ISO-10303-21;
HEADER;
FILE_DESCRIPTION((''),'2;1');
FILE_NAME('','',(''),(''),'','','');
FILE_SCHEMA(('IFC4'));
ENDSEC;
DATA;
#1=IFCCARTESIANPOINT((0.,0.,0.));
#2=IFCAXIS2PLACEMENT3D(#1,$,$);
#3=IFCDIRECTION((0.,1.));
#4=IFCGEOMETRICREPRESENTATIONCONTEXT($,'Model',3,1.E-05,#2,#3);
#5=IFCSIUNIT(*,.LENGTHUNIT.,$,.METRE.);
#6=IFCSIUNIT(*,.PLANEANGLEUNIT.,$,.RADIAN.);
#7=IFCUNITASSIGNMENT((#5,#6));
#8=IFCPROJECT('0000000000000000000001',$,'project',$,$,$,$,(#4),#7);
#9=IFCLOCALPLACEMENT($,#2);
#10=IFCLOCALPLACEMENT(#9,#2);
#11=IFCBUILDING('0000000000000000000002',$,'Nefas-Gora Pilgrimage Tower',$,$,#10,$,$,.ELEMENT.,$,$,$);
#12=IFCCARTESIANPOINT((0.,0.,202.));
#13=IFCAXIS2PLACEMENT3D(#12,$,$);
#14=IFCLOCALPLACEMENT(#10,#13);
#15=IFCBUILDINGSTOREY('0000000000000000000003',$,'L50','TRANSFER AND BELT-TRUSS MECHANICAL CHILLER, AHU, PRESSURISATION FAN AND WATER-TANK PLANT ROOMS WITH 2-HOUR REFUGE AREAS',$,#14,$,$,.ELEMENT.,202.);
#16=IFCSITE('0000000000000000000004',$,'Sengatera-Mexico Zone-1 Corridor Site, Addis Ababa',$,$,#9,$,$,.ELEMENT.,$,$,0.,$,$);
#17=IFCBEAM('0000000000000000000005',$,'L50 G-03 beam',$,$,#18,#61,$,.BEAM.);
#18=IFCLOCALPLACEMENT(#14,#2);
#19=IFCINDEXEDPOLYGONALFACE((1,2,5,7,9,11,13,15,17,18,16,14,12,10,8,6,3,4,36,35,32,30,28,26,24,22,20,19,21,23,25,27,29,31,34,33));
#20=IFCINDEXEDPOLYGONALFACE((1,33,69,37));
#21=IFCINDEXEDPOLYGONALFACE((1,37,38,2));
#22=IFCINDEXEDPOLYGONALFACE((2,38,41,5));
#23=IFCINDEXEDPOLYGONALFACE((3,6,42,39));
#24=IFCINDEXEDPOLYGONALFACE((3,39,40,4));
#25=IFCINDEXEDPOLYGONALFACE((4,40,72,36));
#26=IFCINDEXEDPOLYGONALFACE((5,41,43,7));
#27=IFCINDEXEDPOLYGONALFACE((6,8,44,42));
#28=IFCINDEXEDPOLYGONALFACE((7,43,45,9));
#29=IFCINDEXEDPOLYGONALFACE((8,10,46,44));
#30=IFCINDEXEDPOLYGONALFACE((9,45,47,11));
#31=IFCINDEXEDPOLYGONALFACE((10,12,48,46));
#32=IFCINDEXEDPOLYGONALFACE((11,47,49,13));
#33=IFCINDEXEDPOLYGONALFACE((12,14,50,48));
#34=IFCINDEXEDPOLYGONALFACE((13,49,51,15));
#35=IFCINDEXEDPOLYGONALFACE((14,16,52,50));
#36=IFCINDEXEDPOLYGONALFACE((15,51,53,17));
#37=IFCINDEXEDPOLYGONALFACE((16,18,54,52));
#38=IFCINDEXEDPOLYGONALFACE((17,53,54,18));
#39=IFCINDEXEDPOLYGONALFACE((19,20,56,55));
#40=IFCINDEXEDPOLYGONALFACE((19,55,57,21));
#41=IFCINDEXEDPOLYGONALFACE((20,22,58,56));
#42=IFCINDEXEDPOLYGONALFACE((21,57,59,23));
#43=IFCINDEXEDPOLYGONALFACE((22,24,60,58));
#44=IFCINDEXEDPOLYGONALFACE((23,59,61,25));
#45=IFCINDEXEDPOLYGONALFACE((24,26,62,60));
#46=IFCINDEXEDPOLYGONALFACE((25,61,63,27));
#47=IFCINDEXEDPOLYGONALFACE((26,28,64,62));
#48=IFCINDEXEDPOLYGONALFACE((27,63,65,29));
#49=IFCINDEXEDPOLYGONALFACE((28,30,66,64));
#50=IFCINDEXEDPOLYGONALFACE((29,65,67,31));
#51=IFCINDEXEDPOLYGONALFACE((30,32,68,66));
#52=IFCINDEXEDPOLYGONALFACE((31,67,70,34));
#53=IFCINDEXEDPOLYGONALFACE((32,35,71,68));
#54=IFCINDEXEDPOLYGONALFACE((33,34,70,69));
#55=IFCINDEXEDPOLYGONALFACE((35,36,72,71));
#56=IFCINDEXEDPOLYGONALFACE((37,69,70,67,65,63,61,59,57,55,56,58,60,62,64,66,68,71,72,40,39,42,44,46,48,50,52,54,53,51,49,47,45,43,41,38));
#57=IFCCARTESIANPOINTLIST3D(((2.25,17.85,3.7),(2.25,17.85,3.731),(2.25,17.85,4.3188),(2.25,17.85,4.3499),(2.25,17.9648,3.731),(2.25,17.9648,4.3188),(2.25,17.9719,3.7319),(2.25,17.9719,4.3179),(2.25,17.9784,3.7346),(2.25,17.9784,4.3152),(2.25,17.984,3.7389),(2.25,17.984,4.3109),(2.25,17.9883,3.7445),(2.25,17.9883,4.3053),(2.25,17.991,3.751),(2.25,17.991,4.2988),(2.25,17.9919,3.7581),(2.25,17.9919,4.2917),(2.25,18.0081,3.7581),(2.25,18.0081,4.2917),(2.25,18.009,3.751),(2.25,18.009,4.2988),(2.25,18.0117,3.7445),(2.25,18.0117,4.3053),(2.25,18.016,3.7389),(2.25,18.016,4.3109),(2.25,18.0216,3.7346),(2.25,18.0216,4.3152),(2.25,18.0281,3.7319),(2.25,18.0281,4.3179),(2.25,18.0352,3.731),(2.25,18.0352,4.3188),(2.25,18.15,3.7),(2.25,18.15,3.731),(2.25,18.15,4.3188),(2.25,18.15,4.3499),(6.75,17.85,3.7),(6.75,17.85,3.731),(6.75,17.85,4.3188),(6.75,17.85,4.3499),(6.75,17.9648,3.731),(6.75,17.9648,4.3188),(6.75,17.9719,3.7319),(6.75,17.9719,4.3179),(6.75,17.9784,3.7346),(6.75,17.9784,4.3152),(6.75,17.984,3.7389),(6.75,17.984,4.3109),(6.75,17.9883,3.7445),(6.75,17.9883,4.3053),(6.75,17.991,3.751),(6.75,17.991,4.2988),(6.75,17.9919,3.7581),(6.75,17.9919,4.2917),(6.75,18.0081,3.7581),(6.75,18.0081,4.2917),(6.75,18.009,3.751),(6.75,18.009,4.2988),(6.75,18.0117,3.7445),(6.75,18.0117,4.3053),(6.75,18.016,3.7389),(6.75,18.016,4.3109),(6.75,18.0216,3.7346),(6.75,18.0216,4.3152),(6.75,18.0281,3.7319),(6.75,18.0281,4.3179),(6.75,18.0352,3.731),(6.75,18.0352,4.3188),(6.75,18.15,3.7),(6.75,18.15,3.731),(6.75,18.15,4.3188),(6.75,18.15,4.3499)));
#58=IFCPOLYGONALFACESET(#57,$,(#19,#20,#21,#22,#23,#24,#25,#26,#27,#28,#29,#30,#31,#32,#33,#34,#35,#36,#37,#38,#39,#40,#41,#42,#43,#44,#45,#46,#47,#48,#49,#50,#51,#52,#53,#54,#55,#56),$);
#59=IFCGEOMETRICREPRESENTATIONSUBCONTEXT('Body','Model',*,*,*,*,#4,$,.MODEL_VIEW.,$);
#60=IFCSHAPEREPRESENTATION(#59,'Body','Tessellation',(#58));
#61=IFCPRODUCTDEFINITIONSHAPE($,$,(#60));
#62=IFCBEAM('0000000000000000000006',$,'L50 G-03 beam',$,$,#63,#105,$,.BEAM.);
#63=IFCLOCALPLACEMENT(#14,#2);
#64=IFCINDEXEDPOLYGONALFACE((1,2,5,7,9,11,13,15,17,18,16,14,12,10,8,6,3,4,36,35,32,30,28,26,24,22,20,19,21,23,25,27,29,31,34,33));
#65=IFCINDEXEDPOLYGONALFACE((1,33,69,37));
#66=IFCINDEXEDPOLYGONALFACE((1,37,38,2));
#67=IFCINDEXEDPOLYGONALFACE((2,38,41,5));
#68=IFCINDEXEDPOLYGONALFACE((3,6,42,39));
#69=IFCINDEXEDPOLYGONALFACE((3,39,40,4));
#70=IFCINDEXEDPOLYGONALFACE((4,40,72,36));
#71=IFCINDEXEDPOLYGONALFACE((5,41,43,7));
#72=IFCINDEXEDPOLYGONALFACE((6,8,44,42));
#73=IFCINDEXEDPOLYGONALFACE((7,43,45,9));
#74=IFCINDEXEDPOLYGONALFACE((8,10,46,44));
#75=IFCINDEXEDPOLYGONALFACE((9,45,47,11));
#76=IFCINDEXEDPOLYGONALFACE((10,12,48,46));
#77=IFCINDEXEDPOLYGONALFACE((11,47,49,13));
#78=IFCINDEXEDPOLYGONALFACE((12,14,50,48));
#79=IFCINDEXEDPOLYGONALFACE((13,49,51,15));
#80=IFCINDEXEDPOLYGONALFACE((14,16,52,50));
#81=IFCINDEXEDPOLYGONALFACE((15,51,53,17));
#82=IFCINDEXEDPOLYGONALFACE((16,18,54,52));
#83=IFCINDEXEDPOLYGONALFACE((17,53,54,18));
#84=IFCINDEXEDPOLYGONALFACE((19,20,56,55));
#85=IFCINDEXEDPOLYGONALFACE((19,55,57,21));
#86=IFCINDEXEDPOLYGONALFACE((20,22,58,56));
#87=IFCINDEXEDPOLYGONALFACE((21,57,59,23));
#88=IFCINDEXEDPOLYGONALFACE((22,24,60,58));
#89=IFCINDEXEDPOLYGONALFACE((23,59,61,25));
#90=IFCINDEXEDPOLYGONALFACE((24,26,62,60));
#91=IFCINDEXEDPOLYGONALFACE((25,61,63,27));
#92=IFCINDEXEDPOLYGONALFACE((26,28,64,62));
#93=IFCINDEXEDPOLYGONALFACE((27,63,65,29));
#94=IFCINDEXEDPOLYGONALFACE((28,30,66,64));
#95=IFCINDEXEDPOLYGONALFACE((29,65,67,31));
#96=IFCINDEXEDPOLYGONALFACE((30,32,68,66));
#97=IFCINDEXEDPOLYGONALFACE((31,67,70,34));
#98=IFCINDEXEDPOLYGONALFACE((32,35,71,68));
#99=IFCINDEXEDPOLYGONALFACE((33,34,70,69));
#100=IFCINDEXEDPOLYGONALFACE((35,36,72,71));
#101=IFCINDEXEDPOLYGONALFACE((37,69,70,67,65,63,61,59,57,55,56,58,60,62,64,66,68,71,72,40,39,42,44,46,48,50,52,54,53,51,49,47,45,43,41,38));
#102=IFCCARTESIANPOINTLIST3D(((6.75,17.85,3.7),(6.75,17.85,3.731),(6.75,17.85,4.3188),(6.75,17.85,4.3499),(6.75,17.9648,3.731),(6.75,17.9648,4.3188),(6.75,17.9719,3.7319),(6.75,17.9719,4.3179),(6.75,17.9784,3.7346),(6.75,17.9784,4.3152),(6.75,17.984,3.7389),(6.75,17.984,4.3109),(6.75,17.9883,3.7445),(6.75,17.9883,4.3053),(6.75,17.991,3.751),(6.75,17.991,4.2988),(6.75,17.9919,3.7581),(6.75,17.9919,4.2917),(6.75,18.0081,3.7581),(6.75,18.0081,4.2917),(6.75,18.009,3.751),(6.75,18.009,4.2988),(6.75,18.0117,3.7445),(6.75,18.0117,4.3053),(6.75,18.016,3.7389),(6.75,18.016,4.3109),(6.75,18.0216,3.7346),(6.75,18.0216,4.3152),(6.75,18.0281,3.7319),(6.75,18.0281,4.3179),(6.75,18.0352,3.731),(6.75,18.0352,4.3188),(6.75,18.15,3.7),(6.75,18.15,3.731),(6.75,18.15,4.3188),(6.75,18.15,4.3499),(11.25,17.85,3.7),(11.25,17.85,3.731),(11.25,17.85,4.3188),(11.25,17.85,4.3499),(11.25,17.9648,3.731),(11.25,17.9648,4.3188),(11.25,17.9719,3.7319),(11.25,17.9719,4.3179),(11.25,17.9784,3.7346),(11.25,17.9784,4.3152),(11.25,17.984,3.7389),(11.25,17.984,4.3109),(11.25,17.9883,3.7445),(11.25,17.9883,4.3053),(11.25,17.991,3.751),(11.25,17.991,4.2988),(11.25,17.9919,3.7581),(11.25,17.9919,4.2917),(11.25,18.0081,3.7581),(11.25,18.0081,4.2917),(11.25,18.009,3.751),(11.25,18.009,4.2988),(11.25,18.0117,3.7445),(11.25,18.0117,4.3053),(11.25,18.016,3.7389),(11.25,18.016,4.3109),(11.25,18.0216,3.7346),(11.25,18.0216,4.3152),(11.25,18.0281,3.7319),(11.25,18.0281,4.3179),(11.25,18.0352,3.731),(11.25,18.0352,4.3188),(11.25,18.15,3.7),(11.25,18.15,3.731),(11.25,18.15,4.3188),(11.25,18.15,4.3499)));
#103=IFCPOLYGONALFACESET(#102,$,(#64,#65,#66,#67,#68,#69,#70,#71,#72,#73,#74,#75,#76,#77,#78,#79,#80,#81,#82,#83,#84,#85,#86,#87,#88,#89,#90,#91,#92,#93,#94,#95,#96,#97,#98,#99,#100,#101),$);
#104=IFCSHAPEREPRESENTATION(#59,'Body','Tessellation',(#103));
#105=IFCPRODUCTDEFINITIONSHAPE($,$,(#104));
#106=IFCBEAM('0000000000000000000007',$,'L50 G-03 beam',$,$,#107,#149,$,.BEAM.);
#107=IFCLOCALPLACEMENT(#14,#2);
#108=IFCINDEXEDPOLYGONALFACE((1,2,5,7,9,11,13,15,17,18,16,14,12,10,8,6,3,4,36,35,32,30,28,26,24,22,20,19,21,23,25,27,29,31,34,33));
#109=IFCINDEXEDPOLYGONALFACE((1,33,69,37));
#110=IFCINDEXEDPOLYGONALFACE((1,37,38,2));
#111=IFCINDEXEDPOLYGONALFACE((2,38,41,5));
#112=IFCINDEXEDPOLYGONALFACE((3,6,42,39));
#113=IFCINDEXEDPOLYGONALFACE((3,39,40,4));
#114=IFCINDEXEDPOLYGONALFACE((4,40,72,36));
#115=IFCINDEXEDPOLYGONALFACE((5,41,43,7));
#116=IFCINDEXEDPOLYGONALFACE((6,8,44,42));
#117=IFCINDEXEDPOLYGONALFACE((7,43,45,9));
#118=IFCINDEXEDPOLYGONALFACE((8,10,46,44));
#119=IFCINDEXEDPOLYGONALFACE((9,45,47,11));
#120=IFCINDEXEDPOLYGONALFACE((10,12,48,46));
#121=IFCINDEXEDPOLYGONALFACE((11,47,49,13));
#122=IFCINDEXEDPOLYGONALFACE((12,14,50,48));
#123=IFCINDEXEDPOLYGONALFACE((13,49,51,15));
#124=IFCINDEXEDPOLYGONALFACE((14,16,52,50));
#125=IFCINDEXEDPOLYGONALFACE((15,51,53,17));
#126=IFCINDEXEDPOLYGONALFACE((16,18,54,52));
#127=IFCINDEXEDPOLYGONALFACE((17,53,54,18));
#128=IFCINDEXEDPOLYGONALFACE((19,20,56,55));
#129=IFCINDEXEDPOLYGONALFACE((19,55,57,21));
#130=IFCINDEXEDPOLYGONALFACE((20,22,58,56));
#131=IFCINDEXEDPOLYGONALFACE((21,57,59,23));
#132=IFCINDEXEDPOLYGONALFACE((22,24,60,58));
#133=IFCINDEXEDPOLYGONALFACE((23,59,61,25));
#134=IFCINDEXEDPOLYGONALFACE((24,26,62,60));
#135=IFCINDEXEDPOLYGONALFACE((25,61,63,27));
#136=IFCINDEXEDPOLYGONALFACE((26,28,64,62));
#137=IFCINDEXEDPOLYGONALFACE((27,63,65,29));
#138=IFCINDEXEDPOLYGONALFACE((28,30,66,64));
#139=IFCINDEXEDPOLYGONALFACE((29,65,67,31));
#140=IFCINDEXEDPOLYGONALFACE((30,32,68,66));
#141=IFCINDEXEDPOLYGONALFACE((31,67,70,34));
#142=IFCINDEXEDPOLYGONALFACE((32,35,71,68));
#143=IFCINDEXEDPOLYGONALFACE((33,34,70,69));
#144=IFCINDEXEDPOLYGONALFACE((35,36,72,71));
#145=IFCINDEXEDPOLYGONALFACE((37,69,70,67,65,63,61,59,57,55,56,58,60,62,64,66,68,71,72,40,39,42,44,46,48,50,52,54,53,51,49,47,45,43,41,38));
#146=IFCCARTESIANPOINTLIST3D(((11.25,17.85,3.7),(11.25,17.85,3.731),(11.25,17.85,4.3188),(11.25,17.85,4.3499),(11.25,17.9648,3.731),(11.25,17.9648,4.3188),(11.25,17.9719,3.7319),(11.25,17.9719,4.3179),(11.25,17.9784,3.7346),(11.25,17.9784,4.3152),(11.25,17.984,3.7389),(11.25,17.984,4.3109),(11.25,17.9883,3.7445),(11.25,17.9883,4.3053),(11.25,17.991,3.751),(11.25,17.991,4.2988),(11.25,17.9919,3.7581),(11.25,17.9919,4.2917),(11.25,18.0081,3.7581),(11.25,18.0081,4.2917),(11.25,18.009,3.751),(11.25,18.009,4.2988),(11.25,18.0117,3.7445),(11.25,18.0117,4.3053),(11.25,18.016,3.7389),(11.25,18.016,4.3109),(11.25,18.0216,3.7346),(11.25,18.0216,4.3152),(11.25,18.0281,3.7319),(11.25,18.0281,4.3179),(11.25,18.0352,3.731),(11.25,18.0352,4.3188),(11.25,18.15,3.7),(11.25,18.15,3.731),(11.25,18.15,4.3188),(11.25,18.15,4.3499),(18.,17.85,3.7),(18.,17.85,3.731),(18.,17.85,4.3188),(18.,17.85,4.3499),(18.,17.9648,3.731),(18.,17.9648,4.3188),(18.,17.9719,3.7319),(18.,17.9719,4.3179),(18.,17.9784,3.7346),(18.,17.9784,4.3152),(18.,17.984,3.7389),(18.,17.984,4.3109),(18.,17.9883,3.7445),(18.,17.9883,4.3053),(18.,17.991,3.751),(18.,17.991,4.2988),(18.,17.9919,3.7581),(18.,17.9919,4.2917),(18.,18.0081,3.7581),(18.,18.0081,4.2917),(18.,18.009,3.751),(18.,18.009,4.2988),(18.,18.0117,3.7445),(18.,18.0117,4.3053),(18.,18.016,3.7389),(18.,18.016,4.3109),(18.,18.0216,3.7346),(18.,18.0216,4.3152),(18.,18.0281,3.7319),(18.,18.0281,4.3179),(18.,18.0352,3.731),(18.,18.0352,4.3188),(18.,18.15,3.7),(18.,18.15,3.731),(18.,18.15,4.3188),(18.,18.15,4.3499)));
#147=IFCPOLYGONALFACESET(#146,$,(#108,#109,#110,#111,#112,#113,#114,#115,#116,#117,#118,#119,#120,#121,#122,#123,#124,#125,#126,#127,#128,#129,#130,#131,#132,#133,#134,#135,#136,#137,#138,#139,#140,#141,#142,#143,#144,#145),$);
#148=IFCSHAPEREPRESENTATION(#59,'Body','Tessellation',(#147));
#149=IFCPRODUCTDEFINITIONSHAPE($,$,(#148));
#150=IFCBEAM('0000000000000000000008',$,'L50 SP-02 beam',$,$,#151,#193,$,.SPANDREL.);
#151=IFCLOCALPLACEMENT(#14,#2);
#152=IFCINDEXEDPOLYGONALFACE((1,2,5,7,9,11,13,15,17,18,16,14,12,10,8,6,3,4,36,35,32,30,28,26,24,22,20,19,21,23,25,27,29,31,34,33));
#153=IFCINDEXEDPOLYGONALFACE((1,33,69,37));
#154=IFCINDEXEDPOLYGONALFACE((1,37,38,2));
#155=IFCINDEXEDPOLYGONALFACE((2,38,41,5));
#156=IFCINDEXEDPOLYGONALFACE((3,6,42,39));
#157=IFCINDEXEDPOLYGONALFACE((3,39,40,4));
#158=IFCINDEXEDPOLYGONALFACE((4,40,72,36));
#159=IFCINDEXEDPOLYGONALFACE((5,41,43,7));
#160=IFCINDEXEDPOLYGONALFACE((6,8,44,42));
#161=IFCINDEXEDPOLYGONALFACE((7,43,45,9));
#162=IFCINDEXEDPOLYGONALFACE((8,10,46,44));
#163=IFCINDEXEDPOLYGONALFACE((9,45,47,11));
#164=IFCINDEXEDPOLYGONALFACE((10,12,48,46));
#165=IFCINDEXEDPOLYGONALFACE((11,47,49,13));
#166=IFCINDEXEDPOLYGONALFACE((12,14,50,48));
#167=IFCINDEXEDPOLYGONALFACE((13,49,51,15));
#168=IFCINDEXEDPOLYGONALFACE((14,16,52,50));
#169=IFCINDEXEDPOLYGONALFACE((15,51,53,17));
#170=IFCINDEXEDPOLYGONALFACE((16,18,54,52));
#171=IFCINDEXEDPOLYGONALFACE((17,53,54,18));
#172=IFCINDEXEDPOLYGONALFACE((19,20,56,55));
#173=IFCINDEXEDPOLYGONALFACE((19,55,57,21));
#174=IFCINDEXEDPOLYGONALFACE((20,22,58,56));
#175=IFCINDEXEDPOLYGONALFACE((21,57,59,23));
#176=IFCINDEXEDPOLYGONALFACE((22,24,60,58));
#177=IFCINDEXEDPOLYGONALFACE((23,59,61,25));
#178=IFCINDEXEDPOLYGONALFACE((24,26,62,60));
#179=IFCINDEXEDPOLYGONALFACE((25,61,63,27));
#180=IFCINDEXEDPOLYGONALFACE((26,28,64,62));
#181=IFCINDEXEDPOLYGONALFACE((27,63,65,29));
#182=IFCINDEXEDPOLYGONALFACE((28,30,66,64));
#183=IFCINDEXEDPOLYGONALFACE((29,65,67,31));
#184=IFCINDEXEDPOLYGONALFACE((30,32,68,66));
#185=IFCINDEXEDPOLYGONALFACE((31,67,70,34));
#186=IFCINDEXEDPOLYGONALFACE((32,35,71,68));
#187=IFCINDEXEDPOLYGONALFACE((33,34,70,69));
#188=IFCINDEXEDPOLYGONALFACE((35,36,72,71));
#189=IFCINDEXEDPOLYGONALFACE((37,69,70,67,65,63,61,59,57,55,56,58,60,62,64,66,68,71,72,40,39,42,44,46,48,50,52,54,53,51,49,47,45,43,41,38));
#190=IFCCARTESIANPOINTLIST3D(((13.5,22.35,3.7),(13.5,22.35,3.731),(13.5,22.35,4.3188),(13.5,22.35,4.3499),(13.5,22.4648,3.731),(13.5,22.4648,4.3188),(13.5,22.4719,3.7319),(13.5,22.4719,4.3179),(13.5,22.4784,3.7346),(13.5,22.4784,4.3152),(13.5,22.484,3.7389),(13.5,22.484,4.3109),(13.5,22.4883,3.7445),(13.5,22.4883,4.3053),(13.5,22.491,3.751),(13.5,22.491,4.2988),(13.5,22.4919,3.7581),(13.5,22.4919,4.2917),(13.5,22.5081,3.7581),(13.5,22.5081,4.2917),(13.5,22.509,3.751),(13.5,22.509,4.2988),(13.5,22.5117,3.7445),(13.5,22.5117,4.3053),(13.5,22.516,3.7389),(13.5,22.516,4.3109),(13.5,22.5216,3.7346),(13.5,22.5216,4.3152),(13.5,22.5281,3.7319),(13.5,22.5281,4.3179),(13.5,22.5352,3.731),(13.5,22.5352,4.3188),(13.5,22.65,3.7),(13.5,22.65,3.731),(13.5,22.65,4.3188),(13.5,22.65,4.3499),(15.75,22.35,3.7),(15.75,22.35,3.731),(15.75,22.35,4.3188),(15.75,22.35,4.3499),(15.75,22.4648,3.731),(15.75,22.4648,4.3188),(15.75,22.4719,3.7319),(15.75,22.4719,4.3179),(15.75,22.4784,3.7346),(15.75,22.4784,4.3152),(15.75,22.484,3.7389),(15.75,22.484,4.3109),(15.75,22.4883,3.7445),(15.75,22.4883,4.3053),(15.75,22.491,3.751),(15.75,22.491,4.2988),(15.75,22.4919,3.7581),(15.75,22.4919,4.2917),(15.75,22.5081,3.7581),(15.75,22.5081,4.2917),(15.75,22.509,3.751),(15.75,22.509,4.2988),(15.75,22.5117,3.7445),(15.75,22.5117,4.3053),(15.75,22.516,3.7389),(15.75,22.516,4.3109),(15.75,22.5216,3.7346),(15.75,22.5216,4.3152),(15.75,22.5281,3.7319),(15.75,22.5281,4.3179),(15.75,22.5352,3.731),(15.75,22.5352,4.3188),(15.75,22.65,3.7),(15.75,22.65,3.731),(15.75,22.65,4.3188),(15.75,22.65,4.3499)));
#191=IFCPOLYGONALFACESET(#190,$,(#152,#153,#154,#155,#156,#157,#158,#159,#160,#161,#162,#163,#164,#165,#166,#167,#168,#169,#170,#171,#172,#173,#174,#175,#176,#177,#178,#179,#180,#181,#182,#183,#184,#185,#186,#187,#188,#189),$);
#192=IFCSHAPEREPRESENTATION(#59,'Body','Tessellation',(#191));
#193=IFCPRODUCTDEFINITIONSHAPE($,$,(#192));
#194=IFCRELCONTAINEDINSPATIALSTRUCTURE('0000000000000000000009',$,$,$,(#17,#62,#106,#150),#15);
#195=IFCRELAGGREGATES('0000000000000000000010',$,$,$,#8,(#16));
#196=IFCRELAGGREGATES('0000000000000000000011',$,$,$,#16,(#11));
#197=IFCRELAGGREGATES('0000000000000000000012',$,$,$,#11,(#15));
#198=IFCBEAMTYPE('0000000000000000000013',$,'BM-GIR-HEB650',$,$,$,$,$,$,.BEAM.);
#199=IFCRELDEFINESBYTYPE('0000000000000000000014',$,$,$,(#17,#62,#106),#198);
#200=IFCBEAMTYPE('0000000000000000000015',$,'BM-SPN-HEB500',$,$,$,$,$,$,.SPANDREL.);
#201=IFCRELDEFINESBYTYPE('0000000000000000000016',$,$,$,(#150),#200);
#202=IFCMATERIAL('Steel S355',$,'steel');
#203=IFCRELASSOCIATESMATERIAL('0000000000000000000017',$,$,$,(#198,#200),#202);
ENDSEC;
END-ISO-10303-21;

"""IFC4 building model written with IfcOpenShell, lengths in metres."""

from ifc_helpers import new_model, si_unit, direction, frame, origin, origin_2d, place, context, subcontext, project, spatial, i_section, extrude, source, transform, mapped, material, material_profile, profile_set, type_object, element, save


model = new_model("IFC4")

# Units and contexts
model_context = context("Model", 3, precision=1e-05, world=origin(), true_north=direction((0.0, 1.0)))
body_context = subcontext(model_context, "Body", "Model", "MODEL_VIEW")
ifc_project = project(units=[si_unit("LENGTHUNIT", "METRE"), si_unit("PLANEANGLEUNIT", "RADIAN")], contexts=[model_context])

# Site, building, storey
site_placement = place(None, origin())
site = spatial("IfcSite", under=ifc_project, at=site_placement, Name="Sengatera-Mexico Zone-1 Corridor Site, Addis Ababa", CompositionType="ELEMENT", RefElevation=0.0)
building_placement = place(site_placement, origin())
building = spatial("IfcBuilding", under=site, at=building_placement, Name="Nefas-Gora Pilgrimage Tower", CompositionType="ELEMENT")
storey_placement = place(building_placement, frame((0.0, 0.0, 202.0)))
storey = spatial("IfcBuildingStorey", under=building, at=storey_placement, Name="L50", Description="TRANSFER AND BELT-TRUSS MECHANICAL CHILLER, AHU, PRESSURISATION FAN AND WATER-TANK PLANT ROOMS WITH 2-HOUR REFUGE AREAS", CompositionType="ELEMENT", Elevation=202.0)

# Beams
ifc_material_1 = material(Name="Steel S355", Category="steel")
ifc_material_profile_1 = material_profile(ifc_material_1, i_section(OverallWidth=0.3, OverallDepth=0.6499, WebThickness=0.0161, FlangeThickness=0.031, FilletRadius=0.0271, at=origin_2d()), Name="HEB 650")
ifc_profile_set_1 = profile_set([ifc_material_profile_1], Name="Steel S355")
beam_type_1 = type_object("IfcBeamType", Name="BM-GIR-HEB650", PredefinedType="BEAM", material=ifc_profile_set_1)
shared_shape_1 = source(origin(), body_context, "Body", "SweptSolid", [
    extrude(i_section(OverallWidth=0.3, OverallDepth=0.6499, WebThickness=0.0161, FlangeThickness=0.031, FilletRadius=0.0271, at=origin_2d()), origin(), (0.0, 0.0, 1.0), 4.5),
])
for number, where, z_axis, x_axis, name in (
    (1, (2.25, 18.0, 4.0249), (1.0, 0.0, 0.0), (0.0, 1.0, 0.0), "L50 G-03 beam"),
    (2, (6.75, 18.0, 4.0249), (1.0, 0.0, 0.0), (0.0, 1.0, 0.0), "L50 G-03 beam"),
):
    element("IfcBeam", number, at=place(storey_placement, frame(where, z_axis=z_axis, x_axis=x_axis)), inside=storey, type_object=beam_type_1, Name=name, PredefinedType="BEAM", context=body_context, shape_type="MappedRepresentation", body=[
        mapped(shared_shape_1, transform((0.0, 0.0, 0.0), x_axis=(1.0, 0.0, 0.0), y_axis=(0.0, 1.0, 0.0), z_axis=(0.0, 0.0, 1.0), scale=1.0)),
    ])
shared_shape_2 = source(origin(), body_context, "Body", "SweptSolid", [
    extrude(i_section(OverallWidth=0.3, OverallDepth=0.6499, WebThickness=0.0161, FlangeThickness=0.031, FilletRadius=0.0271, at=origin_2d()), origin(), (0.0, 0.0, 1.0), 6.75),
])
beam_1_placement = place(storey_placement, frame((11.25, 18.0, 4.0249), z_axis=(1.0, 0.0, 0.0), x_axis=(0.0, 1.0, 0.0)))
element("IfcBeam", 3, at=beam_1_placement, inside=storey, type_object=beam_type_1, Name="L50 G-03 beam", PredefinedType="BEAM", context=body_context, shape_type="MappedRepresentation", body=[
    mapped(shared_shape_2, transform((0.0, 0.0, 0.0), x_axis=(1.0, 0.0, 0.0), y_axis=(0.0, 1.0, 0.0), z_axis=(0.0, 0.0, 1.0), scale=1.0)),
])
ifc_material_profile_2 = material_profile(ifc_material_1, i_section(OverallWidth=0.3, OverallDepth=0.6499, WebThickness=0.0161, FlangeThickness=0.031, FilletRadius=0.0271, at=origin_2d()), Name="HEB 650")
ifc_profile_set_2 = profile_set([ifc_material_profile_2], Name="Steel S355")
beam_type_2 = type_object("IfcBeamType", Name="BM-SPN-HEB500", PredefinedType="SPANDREL", material=ifc_profile_set_2)
shared_shape_3 = source(origin(), body_context, "Body", "SweptSolid", [
    extrude(i_section(OverallWidth=0.3, OverallDepth=0.6499, WebThickness=0.0161, FlangeThickness=0.031, FilletRadius=0.0271, at=origin_2d()), origin(), (0.0, 0.0, 1.0), 2.25),
])
beam_2_placement = place(storey_placement, frame((13.5, 22.5, 4.0249), z_axis=(1.0, 0.0, 0.0), x_axis=(0.0, 1.0, 0.0)))
element("IfcBeam", 4, at=beam_2_placement, inside=storey, type_object=beam_type_2, Name="L50 SP-02 beam", PredefinedType="SPANDREL", context=body_context, shape_type="MappedRepresentation", body=[
    mapped(shared_shape_3, transform((0.0, 0.0, 0.0), x_axis=(1.0, 0.0, 0.0), y_axis=(0.0, 1.0, 0.0), z_axis=(0.0, 0.0, 1.0), scale=1.0)),
])

save(model, "model.ifc")
